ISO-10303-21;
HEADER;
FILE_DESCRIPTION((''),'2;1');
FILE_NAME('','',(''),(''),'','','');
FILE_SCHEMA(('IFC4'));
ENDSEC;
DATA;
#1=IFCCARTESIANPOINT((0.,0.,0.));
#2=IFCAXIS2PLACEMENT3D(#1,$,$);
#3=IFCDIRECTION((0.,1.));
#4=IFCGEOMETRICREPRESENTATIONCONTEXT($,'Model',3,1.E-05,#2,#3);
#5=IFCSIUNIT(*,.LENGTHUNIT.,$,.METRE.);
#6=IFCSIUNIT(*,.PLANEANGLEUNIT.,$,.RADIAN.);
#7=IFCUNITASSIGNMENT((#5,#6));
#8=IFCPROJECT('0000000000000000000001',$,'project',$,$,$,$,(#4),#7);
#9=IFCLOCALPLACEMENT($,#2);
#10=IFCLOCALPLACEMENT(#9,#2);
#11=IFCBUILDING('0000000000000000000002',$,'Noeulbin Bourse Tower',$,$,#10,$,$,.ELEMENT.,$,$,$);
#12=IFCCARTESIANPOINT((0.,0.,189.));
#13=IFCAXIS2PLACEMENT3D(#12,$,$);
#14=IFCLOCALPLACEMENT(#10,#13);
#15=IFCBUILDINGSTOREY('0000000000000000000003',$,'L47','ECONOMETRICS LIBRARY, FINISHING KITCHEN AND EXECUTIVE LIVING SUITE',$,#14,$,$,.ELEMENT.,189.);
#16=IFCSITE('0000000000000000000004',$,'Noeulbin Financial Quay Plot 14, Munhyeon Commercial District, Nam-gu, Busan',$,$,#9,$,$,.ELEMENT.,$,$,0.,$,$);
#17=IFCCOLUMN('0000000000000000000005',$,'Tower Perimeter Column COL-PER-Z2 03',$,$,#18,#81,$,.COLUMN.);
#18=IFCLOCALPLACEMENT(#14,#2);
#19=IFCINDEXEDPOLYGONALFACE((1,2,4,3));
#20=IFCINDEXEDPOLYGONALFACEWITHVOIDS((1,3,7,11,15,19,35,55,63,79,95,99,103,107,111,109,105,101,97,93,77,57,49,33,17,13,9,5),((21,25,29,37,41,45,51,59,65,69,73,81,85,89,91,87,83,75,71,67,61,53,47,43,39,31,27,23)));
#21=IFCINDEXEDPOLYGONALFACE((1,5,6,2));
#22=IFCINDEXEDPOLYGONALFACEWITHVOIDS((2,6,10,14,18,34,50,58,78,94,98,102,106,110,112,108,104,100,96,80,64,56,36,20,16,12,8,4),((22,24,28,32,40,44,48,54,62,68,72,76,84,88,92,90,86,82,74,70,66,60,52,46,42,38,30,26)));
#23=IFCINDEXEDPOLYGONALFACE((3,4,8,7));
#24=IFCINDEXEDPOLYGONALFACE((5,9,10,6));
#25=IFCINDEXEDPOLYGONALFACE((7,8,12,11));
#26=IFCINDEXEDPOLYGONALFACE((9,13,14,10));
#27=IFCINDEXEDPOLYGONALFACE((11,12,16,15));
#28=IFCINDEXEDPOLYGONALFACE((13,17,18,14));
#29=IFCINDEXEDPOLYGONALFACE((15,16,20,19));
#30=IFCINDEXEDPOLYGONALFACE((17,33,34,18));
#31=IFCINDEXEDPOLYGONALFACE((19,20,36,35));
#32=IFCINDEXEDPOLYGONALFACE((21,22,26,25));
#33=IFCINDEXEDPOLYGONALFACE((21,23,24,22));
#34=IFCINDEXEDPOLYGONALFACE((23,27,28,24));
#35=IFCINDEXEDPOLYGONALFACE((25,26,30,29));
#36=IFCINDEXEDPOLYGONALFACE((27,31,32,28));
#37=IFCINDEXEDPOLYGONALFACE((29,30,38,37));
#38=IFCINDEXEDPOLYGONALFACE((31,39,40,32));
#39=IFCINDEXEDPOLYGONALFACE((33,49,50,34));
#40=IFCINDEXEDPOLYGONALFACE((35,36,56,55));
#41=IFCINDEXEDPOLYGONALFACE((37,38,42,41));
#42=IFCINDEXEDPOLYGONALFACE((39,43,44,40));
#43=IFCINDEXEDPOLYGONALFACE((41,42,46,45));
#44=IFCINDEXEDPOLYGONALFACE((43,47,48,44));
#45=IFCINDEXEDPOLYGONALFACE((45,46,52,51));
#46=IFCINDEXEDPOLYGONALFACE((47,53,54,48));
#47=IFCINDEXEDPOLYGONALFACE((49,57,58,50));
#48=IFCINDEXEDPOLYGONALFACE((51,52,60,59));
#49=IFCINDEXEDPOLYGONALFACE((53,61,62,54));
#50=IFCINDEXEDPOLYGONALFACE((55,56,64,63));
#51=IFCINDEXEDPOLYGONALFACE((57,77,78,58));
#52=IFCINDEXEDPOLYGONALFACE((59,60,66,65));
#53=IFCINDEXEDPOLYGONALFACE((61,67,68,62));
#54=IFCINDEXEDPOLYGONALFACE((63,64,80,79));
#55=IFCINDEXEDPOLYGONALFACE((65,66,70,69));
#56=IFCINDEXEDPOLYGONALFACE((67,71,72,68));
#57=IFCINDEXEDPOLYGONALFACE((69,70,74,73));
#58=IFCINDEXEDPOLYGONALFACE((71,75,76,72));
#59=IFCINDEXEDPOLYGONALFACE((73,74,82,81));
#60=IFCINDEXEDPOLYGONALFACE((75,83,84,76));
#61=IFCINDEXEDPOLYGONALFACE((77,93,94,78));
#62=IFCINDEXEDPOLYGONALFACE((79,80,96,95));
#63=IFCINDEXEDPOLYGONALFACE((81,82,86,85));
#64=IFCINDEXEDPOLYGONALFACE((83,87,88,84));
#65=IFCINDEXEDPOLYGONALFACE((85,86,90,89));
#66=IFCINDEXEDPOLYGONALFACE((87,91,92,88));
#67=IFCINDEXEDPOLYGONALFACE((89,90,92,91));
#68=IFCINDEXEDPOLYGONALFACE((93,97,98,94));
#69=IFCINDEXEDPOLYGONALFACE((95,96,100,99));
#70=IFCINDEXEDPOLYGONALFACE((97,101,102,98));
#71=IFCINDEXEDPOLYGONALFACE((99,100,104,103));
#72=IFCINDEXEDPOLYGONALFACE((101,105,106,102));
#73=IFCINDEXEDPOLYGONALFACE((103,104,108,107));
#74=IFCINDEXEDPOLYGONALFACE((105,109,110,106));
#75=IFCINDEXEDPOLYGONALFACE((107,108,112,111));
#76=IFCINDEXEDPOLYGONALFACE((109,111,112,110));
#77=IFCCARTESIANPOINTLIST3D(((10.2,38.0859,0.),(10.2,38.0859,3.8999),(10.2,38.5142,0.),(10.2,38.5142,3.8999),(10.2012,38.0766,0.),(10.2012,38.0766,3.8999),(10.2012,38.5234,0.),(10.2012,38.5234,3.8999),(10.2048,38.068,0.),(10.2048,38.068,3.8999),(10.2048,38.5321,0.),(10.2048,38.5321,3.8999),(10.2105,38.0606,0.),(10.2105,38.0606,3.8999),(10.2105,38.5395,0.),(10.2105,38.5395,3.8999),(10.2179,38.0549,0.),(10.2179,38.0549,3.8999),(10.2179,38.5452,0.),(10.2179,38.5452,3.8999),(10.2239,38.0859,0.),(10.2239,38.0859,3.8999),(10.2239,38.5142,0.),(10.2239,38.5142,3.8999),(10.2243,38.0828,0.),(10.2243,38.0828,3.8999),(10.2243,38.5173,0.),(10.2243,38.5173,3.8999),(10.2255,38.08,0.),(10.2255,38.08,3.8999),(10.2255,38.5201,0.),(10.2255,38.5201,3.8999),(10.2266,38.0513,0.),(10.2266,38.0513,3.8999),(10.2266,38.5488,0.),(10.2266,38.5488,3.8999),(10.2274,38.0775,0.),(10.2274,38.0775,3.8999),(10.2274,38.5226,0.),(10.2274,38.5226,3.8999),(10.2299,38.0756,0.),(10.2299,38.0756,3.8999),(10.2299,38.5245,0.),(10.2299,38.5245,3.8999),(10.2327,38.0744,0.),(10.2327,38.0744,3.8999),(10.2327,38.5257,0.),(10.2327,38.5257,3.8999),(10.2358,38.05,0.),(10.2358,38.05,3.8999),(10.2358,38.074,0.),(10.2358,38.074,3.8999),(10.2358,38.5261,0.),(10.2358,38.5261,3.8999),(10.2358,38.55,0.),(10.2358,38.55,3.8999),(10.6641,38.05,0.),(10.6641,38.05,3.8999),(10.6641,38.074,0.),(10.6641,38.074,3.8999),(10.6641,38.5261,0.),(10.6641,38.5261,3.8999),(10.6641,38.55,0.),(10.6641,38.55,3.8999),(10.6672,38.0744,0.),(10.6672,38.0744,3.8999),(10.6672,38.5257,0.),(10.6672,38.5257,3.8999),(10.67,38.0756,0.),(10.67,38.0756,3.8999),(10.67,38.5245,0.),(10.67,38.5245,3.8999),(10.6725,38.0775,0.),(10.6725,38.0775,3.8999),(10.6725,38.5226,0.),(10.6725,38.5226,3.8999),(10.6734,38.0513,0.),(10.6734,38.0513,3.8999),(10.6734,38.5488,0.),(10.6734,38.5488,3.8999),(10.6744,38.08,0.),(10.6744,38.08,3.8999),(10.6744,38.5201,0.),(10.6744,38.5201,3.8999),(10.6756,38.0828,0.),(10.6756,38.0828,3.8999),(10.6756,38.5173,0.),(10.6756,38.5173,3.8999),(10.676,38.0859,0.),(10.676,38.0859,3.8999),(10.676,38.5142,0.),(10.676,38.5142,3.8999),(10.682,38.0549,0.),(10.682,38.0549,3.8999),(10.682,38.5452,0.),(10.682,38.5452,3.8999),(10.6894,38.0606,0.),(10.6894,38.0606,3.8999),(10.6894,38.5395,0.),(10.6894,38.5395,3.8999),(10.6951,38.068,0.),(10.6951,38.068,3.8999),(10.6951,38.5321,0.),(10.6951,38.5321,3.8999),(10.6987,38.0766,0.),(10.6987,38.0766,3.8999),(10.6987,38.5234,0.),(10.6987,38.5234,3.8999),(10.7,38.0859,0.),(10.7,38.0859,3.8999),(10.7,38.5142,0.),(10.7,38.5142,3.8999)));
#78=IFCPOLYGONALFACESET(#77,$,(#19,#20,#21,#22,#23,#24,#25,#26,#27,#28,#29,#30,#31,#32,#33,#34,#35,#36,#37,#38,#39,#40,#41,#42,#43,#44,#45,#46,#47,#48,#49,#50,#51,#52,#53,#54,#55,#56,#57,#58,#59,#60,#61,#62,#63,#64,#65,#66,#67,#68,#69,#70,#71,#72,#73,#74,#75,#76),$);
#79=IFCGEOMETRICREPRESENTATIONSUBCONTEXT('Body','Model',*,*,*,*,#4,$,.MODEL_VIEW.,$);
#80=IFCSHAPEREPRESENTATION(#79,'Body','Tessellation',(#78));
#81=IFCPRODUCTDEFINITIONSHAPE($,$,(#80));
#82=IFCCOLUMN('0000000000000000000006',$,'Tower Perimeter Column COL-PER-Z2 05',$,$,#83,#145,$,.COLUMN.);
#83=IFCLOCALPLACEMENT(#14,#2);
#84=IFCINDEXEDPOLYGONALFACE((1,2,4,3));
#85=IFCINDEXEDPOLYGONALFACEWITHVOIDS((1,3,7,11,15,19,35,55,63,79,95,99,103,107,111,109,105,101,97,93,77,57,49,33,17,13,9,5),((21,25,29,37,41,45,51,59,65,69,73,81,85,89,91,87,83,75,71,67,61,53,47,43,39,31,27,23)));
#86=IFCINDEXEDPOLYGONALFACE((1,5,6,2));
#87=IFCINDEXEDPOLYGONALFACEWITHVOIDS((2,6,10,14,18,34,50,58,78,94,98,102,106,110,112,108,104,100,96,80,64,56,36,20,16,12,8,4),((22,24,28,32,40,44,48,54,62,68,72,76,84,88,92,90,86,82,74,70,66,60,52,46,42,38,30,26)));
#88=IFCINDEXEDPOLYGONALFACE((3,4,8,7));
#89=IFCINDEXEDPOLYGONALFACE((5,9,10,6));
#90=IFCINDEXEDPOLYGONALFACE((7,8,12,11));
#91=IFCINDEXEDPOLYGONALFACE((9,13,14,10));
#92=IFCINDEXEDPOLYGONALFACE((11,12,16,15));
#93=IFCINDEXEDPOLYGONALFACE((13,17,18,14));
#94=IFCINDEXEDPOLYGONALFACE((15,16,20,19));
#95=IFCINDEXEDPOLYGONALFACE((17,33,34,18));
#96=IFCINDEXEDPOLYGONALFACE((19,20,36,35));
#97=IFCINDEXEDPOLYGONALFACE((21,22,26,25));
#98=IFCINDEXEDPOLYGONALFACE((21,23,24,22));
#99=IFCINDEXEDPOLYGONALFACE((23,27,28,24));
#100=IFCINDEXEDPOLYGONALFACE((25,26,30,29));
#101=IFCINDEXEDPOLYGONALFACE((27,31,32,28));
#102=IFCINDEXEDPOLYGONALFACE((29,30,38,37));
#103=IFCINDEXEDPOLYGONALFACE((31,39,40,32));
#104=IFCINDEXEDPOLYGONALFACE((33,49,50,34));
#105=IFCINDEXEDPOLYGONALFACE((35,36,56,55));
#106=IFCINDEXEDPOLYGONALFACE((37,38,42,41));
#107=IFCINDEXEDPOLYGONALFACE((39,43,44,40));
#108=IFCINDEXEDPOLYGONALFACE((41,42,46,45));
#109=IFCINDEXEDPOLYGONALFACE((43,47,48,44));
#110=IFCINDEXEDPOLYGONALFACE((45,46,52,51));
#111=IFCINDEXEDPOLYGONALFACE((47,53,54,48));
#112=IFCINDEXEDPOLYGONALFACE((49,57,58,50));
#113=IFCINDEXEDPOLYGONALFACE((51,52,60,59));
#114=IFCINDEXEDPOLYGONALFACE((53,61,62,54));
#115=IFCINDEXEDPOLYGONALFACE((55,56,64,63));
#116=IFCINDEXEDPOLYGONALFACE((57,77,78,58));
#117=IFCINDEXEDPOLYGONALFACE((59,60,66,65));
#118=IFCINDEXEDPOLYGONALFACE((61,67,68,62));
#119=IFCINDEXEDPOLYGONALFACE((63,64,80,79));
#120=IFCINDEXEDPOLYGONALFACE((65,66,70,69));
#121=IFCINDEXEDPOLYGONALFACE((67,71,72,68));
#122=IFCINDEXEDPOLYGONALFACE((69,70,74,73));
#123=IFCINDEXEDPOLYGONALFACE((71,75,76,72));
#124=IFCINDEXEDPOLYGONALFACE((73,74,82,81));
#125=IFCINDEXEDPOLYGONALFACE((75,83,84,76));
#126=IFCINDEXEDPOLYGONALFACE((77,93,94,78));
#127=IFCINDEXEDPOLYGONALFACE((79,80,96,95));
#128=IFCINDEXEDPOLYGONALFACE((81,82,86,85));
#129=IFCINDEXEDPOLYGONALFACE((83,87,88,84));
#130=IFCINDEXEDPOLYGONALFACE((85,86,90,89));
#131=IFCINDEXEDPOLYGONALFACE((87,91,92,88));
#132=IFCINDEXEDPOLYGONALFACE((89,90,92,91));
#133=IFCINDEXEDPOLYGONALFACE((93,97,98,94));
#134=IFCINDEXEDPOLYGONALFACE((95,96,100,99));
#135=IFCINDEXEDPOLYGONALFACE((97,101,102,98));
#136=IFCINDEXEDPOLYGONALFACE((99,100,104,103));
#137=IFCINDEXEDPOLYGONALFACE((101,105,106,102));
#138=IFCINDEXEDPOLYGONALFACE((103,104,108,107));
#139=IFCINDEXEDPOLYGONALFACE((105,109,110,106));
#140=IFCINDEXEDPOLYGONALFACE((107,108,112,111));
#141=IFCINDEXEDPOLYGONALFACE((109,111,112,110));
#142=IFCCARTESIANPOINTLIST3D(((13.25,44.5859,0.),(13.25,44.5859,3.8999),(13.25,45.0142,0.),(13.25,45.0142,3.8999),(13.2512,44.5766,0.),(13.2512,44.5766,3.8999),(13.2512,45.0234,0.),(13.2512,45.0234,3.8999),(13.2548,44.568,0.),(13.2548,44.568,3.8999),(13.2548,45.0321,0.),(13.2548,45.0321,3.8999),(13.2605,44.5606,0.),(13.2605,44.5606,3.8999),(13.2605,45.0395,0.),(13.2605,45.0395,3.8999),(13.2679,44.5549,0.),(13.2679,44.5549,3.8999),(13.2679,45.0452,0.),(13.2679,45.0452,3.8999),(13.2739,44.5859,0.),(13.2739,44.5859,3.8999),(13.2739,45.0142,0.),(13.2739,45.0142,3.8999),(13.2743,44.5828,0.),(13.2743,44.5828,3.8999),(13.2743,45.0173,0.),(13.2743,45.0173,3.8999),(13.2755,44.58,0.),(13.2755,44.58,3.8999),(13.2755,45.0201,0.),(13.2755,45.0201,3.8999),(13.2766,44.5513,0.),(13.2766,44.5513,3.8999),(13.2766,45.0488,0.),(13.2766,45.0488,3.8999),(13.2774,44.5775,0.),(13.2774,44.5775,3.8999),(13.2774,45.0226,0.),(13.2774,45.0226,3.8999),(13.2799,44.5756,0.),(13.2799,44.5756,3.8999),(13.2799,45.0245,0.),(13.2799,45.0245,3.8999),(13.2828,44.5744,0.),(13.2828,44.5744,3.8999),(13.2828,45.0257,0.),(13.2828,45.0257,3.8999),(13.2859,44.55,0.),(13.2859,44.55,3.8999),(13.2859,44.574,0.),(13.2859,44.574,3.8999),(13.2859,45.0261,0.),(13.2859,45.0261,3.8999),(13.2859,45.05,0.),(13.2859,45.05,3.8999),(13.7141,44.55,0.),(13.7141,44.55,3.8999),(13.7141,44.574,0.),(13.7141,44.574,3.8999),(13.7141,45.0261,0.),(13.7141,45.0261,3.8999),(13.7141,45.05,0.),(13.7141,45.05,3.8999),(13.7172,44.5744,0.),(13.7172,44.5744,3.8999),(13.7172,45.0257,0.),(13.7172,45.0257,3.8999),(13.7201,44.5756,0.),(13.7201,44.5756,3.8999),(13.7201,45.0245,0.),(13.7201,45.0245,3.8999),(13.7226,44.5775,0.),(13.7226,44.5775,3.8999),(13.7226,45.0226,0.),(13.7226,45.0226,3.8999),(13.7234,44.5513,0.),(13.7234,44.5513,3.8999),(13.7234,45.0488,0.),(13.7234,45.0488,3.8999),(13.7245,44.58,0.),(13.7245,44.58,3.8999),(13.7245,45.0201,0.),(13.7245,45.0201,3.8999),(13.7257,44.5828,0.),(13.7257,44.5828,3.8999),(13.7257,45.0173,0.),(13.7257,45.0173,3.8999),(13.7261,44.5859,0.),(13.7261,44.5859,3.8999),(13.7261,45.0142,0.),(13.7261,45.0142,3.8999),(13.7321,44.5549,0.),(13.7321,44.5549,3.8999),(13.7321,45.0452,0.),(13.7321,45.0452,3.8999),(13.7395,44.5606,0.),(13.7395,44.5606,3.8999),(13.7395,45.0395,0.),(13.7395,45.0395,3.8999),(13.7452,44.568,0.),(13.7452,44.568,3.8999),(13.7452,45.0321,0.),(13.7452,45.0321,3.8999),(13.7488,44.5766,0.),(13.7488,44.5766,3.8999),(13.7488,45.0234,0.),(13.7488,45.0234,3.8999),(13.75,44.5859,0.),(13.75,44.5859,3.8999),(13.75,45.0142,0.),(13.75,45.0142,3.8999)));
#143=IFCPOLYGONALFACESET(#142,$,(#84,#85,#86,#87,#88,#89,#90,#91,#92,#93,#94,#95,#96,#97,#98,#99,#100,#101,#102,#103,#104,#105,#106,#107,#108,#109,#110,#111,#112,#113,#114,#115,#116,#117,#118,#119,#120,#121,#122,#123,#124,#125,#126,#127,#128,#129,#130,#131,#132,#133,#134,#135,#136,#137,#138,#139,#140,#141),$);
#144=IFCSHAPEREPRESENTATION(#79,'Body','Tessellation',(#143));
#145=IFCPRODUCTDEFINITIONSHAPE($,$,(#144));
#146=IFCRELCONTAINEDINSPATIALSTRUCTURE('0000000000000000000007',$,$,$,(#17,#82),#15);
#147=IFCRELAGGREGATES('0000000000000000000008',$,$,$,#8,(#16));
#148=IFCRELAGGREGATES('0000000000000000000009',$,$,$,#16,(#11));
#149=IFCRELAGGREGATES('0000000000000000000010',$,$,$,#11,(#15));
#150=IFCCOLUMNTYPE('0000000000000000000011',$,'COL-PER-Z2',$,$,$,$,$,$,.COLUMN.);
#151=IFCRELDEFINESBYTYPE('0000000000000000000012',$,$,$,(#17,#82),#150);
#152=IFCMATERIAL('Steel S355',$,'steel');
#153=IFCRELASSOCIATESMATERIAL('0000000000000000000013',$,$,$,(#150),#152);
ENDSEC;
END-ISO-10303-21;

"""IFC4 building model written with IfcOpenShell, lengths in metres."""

from ifc_helpers import new_model, si_unit, direction, frame, origin, origin_2d, place, context, subcontext, project, spatial, hollow_rectangle, extrude, material, material_profile, profile_set, type_object, element, save


model = new_model("IFC4")

# Units and contexts
model_context = context("Model", 3, precision=1e-05, world=origin(), true_north=direction((0.0, 1.0)))
body_context = subcontext(model_context, "Body", "Model", "MODEL_VIEW")
ifc_project = project(units=[si_unit("LENGTHUNIT", "METRE"), si_unit("PLANEANGLEUNIT", "RADIAN")], contexts=[model_context])

# Site, building, storey
site_placement = place(None, origin())
site = spatial("IfcSite", under=ifc_project, at=site_placement, Name="Noeulbin Financial Quay Plot 14, Munhyeon Commercial District, Nam-gu, Busan", CompositionType="ELEMENT", RefElevation=0.0)
building_placement = place(site_placement, origin())
building = spatial("IfcBuilding", under=site, at=building_placement, Name="Noeulbin Bourse Tower", CompositionType="ELEMENT")
storey_placement = place(building_placement, frame((0.0, 0.0, 189.0)))
storey = spatial("IfcBuildingStorey", under=building, at=storey_placement, Name="L47", Description="ECONOMETRICS LIBRARY, FINISHING KITCHEN AND EXECUTIVE LIVING SUITE", CompositionType="ELEMENT", Elevation=189.0)

# Columns
ifc_material_1 = material(Name="Steel S355", Category="steel")
ifc_material_profile_1 = material_profile(ifc_material_1, hollow_rectangle(XDim=0.5, YDim=0.5, WallThickness=0.0239, InnerFilletRadius=0.012, OuterFilletRadius=0.0359, at=origin_2d()), Name="BOX-500x500x24", Category="LoadBearing")
ifc_profile_set_1 = profile_set([ifc_material_profile_1], Name="Steel S355")
column_type_1 = type_object("IfcColumnType", Name="COL-PER-Z2", PredefinedType="COLUMN", material=ifc_profile_set_1)
for number, where, z_axis, x_axis, name in (
    (1, (10.45, 38.3, 0.0), (0.0, 0.0, 1.0), (1.0, 0.0, 0.0), "Tower Perimeter Column COL-PER-Z2 03"),
    (2, (13.5, 44.8, 0.0), (0.0, 0.0, 1.0), (1.0, 0.0, 0.0), "Tower Perimeter Column COL-PER-Z2 05"),
):
    element("IfcColumn", number, at=place(storey_placement, frame(where, z_axis=z_axis, x_axis=x_axis)), inside=storey, type_object=column_type_1, Name=name, PredefinedType="COLUMN", context=body_context, shape_type="SweptSolid", body=[
        extrude(hollow_rectangle(XDim=0.5, YDim=0.5, WallThickness=0.0239, InnerFilletRadius=0.012, OuterFilletRadius=0.0359, at=origin_2d()), origin(), (0.0, 0.0, 1.0), 3.8999),
    ])

save(model, "model.ifc")
